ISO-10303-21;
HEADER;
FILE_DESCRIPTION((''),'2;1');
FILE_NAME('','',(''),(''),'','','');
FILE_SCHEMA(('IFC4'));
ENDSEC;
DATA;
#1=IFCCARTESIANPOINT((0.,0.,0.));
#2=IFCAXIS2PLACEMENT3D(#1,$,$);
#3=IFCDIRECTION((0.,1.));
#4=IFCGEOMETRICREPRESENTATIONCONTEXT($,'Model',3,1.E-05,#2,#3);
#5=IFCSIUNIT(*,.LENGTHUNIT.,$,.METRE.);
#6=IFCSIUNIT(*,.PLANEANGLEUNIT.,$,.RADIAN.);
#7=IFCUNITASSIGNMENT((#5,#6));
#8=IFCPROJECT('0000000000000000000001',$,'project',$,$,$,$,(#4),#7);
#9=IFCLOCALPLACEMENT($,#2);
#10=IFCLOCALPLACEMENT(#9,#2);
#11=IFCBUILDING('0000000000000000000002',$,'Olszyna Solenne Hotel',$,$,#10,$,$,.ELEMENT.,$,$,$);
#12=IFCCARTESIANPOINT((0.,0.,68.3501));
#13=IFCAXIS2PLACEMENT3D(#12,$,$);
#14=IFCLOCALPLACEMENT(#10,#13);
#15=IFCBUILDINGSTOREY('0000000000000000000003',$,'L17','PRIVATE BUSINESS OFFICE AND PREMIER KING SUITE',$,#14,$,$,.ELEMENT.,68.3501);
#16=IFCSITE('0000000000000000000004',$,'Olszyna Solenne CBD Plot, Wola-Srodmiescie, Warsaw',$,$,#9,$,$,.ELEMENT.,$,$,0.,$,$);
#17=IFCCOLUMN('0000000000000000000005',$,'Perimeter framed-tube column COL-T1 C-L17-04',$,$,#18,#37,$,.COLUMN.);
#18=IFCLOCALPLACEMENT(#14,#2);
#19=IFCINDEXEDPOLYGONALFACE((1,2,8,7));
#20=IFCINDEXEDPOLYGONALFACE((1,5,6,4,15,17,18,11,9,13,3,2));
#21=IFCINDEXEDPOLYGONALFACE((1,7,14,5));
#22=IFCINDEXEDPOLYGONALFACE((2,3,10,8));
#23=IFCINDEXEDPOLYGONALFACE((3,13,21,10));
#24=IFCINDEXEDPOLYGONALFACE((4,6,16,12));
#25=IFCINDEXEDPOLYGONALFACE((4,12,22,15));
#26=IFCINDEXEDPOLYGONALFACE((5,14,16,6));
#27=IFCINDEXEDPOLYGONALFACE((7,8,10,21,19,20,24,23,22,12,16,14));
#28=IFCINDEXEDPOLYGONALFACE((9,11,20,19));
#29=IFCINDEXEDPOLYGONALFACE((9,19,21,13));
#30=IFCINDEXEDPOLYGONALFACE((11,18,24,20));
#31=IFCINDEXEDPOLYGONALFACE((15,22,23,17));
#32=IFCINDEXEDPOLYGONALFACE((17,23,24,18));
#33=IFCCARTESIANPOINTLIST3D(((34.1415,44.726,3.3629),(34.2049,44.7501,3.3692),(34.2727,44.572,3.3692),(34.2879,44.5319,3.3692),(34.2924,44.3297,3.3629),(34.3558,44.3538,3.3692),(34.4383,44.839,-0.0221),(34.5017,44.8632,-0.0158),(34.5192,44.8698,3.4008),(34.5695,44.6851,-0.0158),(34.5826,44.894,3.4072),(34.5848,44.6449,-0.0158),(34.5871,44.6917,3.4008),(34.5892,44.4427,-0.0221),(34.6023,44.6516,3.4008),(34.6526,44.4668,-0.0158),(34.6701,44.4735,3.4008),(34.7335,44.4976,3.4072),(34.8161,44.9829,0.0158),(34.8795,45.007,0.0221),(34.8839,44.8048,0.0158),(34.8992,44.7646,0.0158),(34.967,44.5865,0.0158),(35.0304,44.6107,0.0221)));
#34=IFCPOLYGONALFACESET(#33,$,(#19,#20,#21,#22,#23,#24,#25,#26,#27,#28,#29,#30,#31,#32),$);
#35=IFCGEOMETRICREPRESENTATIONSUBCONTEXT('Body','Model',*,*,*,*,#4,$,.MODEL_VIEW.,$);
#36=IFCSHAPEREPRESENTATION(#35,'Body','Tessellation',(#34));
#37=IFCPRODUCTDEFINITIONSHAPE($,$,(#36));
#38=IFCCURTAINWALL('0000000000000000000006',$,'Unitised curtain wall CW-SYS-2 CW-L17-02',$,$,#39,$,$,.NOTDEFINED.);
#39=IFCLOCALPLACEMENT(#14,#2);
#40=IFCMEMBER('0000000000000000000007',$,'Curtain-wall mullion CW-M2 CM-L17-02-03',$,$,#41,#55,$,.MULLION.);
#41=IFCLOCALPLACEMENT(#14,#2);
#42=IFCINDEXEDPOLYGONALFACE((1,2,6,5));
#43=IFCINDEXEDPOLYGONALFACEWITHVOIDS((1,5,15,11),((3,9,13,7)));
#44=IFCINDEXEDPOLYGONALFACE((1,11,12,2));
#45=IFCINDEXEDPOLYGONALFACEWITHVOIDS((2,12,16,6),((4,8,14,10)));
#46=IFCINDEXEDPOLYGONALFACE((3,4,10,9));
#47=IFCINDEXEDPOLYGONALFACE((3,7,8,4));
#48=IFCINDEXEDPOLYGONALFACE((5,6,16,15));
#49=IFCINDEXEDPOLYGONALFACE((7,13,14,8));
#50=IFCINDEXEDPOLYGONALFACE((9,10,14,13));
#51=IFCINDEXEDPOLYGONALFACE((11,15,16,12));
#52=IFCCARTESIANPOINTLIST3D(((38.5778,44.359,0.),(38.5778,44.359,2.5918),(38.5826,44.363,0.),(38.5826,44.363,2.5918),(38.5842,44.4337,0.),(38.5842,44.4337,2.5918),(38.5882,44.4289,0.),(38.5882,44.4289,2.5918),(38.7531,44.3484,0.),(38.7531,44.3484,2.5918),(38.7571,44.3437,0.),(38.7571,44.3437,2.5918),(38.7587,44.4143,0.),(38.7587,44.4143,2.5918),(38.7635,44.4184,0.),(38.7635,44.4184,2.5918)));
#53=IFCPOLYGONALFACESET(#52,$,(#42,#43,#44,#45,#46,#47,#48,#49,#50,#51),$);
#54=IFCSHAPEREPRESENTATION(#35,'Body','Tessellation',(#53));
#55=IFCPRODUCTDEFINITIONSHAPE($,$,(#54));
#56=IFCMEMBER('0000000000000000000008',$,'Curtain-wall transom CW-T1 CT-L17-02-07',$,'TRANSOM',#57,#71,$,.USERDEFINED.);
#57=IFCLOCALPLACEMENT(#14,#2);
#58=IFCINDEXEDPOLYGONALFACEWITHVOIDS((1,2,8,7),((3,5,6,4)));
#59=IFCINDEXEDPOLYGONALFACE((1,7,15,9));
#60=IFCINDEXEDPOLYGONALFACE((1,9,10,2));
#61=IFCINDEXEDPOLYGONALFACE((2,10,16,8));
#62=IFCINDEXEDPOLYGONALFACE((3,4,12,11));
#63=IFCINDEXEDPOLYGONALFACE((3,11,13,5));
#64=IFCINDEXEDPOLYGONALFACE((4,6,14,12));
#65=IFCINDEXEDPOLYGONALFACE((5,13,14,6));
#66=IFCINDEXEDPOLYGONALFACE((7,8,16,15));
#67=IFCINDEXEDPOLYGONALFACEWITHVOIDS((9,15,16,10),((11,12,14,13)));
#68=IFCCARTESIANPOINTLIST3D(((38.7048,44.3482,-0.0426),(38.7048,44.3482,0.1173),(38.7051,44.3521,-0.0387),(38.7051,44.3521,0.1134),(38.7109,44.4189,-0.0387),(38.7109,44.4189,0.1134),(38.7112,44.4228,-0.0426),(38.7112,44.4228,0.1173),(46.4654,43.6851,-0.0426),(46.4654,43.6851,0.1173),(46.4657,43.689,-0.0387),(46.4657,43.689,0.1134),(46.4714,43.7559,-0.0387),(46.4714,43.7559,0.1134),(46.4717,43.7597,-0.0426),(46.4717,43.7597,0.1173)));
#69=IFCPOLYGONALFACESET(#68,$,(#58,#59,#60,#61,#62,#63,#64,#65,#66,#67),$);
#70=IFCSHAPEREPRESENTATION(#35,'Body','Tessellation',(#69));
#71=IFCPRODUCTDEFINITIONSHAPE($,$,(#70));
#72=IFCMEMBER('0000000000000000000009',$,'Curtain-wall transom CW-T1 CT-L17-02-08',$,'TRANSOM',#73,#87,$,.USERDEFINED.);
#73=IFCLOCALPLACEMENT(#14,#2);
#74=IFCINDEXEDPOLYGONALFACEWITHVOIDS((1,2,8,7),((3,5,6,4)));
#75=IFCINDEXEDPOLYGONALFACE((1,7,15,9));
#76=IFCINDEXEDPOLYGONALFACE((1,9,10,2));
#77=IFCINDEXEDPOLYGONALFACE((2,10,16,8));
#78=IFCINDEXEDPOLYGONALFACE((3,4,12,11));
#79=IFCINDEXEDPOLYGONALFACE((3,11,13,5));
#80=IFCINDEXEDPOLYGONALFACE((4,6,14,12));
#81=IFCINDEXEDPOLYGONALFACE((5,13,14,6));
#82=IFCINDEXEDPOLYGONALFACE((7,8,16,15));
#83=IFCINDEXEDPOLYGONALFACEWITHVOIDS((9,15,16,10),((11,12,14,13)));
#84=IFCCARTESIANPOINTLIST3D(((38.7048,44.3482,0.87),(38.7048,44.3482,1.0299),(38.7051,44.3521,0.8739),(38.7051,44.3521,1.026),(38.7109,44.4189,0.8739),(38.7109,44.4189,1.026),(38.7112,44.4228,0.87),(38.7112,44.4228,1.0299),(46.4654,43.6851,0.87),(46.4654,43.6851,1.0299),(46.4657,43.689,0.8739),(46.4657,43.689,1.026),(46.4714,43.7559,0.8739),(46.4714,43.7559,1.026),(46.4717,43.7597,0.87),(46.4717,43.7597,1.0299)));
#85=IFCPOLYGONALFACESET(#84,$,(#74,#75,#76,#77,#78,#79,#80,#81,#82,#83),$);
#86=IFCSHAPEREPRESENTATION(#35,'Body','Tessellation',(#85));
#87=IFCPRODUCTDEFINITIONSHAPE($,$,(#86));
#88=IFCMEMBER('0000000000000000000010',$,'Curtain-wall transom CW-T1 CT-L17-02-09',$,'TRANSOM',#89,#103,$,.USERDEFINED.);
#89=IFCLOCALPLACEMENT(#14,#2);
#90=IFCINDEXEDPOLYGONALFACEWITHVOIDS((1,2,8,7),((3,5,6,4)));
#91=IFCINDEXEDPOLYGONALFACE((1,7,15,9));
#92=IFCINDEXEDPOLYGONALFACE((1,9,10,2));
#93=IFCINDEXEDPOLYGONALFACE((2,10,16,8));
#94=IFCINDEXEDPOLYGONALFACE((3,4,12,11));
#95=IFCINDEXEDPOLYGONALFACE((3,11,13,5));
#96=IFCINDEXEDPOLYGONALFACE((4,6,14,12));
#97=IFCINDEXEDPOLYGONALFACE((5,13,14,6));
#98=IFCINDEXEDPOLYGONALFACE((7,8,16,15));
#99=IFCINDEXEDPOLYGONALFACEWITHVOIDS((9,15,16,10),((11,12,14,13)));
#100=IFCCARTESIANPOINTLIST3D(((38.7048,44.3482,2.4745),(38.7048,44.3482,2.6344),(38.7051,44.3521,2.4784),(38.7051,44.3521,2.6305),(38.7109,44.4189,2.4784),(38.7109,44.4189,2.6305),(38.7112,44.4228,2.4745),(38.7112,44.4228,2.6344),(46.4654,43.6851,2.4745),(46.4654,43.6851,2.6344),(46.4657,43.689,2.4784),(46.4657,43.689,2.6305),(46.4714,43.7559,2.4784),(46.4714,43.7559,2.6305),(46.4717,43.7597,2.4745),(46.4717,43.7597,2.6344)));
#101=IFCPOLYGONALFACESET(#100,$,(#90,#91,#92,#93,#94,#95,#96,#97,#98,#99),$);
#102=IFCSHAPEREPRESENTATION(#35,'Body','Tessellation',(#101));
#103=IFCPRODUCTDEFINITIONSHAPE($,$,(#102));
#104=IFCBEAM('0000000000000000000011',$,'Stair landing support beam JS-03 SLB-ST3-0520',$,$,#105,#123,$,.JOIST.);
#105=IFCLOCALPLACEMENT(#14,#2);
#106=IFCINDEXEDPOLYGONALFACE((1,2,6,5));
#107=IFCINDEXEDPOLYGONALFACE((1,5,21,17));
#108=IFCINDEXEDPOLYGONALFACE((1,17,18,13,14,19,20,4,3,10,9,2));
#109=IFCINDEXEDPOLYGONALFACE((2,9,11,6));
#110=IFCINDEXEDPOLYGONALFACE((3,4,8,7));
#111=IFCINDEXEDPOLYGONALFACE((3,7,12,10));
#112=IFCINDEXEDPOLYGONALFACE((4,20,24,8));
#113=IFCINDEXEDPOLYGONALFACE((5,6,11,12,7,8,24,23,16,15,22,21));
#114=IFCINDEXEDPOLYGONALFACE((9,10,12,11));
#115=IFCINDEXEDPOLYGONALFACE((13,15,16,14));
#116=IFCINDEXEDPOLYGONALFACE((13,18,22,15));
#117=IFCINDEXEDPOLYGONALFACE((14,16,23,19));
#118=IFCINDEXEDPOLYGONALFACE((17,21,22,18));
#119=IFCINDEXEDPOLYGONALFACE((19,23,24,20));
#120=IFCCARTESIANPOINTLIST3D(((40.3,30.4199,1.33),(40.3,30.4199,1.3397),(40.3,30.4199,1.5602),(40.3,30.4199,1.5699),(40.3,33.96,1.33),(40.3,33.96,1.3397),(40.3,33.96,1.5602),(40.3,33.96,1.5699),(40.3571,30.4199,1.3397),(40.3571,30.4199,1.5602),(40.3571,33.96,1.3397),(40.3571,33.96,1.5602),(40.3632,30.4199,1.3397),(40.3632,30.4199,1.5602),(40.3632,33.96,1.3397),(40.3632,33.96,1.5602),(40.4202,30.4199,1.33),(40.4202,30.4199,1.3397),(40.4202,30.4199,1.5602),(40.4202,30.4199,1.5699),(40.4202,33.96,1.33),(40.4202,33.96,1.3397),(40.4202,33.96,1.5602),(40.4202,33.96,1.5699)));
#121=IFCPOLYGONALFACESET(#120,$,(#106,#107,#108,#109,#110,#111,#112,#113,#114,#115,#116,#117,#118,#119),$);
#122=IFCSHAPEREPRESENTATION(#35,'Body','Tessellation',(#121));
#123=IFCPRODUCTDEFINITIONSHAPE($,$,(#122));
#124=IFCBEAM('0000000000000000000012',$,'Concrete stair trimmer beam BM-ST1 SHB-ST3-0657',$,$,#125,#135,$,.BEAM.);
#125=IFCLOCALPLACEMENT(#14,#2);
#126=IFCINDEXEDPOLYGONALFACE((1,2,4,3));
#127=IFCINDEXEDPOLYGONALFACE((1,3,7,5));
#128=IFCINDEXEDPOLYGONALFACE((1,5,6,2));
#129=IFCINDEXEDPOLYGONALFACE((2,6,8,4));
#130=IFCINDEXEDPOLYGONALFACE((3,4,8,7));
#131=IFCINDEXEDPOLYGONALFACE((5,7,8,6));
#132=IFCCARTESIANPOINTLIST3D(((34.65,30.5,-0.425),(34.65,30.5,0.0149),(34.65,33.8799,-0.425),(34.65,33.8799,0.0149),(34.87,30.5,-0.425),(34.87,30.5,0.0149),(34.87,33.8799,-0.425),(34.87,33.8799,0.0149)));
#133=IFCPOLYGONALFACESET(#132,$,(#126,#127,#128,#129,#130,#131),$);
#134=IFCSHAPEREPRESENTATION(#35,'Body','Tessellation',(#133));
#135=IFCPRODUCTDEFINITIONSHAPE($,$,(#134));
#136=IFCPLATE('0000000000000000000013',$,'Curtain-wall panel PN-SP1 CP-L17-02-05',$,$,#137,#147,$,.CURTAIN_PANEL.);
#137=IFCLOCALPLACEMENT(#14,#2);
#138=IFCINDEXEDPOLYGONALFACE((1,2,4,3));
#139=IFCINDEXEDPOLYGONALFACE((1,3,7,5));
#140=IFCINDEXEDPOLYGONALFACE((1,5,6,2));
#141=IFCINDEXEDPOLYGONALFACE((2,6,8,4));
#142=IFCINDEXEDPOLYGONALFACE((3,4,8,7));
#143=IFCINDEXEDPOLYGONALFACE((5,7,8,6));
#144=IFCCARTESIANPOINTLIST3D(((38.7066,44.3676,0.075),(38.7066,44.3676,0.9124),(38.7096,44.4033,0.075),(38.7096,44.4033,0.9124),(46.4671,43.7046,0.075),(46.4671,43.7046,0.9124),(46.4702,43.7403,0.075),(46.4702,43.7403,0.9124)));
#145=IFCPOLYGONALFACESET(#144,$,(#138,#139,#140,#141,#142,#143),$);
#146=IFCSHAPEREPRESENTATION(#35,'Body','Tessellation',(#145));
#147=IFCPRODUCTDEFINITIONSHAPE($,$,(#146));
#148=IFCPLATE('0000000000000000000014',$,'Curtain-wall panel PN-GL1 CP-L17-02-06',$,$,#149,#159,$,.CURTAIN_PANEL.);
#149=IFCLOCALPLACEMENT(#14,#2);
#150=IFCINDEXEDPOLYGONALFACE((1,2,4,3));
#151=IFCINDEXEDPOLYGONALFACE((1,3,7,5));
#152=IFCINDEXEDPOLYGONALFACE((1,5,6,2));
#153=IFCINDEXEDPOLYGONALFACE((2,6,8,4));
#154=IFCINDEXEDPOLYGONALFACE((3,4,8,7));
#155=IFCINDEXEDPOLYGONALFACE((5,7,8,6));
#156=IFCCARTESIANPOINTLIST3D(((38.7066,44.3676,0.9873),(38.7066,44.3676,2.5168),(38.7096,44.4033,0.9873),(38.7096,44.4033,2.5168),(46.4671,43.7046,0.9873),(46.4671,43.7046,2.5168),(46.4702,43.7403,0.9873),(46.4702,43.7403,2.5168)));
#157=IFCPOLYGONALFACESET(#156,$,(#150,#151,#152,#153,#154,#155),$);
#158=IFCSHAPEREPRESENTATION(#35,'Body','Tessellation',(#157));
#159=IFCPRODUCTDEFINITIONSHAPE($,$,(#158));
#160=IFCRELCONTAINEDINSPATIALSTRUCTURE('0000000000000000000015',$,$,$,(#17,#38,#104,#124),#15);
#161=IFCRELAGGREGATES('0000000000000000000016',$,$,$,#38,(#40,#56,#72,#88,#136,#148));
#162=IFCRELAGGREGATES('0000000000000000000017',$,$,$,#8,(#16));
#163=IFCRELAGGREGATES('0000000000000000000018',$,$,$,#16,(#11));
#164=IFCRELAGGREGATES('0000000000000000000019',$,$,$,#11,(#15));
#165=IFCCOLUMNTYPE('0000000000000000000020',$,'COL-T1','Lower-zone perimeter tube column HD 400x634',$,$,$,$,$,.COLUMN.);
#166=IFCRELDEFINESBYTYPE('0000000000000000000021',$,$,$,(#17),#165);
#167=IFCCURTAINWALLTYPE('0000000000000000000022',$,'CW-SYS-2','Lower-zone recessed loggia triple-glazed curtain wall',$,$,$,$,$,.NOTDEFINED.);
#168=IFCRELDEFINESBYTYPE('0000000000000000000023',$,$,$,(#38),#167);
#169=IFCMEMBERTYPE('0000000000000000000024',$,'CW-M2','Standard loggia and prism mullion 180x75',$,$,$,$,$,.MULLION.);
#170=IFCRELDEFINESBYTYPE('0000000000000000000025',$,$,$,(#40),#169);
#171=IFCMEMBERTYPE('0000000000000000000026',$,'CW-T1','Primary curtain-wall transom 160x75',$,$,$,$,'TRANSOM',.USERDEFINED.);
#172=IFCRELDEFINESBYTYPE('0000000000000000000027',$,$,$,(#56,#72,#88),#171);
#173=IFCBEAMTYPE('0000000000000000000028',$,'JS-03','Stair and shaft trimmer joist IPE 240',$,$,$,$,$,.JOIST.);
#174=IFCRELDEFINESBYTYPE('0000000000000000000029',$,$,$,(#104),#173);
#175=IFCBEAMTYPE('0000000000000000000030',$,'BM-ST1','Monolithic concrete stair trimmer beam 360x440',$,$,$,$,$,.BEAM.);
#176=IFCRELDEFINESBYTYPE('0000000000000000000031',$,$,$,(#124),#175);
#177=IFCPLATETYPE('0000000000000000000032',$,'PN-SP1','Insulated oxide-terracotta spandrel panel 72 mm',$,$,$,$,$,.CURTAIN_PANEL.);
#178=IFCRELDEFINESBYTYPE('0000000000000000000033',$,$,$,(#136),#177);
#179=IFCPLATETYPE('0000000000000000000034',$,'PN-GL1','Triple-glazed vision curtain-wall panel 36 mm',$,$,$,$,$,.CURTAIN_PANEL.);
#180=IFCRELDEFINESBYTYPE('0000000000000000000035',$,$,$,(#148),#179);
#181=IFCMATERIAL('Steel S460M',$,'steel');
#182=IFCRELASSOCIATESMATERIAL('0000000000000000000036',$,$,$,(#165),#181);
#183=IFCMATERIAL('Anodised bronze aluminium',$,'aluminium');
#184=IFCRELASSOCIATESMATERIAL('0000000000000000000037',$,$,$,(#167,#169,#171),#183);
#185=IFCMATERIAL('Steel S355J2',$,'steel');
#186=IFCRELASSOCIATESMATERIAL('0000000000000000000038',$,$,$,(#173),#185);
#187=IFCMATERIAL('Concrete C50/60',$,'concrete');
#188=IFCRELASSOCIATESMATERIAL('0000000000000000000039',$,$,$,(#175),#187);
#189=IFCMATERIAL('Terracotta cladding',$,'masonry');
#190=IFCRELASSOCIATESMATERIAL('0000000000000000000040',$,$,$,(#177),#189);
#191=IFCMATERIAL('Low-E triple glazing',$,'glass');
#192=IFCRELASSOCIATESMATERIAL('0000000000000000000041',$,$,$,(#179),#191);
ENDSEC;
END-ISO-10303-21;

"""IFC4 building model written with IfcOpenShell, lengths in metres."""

from ifc_helpers import new_model, si_unit, direction, frame, origin, origin_2d, place, context, subcontext, project, spatial, rectangle, hollow_rectangle, i_section, extrude, source, transform, mapped, material, material_profile, profile_set, type_object, element, aggregate, save


model = new_model("IFC4")

# Units and contexts
model_context = context("Model", 3, precision=1e-05, world=origin(), true_north=direction((0.0, 1.0)))
body_context = subcontext(model_context, "Body", "Model", "MODEL_VIEW")
ifc_project = project(units=[si_unit("LENGTHUNIT", "METRE"), si_unit("PLANEANGLEUNIT", "RADIAN")], contexts=[model_context])

# Site, building, storey
site_placement = place(None, origin())
site = spatial("IfcSite", under=ifc_project, at=site_placement, Name="Olszyna Solenne CBD Plot, Wola-Srodmiescie, Warsaw", CompositionType="ELEMENT", RefElevation=0.0)
building_placement = place(site_placement, origin())
building = spatial("IfcBuilding", under=site, at=building_placement, Name="Olszyna Solenne Hotel", CompositionType="ELEMENT")
storey_placement = place(building_placement, frame((0.0, 0.0, 68.3501)))
storey = spatial("IfcBuildingStorey", under=building, at=storey_placement, Name="L17", Description="PRIVATE BUSINESS OFFICE AND PREMIER KING SUITE", CompositionType="ELEMENT", Elevation=68.3501)

# Column
ifc_material_1 = material(Name="Steel S460M", Category="steel")
ifc_material_profile_1 = material_profile(ifc_material_1, i_section(OverallWidth=0.4241, OverallDepth=0.4741, WebThickness=0.043, FlangeThickness=0.0681, at=origin_2d()), Name="HD 400x634", Category="load-bearing")
ifc_profile_set_1 = profile_set([ifc_material_profile_1], Name="Steel S460M")
column_type = type_object("IfcColumnType", Name="COL-T1", Description="Lower-zone perimeter tube column HD 400x634", PredefinedType="COLUMN", material=ifc_profile_set_1)
shared_shape_1 = source(origin(), body_context, "Body", "SweptSolid", [
    extrude(i_section(OverallWidth=0.4241, OverallDepth=0.4741, WebThickness=0.043, FlangeThickness=0.0681, at=origin_2d()), origin(), (0.0, 0.0, 1.0), 3.3999),
])
column_placement = place(storey_placement, frame((34.7344, 44.7249, 0.0), z_axis=(-0.087319, -0.033247, 0.995625), x_axis=(0.355836, -0.934549, 0.0)))
element("IfcColumn", 1, at=column_placement, inside=storey, type_object=column_type, Name="Perimeter framed-tube column COL-T1 C-L17-04", PredefinedType="COLUMN", context=body_context, shape_type="MappedRepresentation", body=[
    mapped(shared_shape_1, transform((0.0, 0.0, 0.0), x_axis=(1.0, 0.0, 0.0), y_axis=(0.0, 1.0, 0.0), z_axis=(0.0, 0.0, 1.0), scale=1.0)),
])

# Curtain wall, members
ifc_material_2 = material(Name="Anodised bronze aluminium", Category="aluminium")
curtain_wall_type = type_object("IfcCurtainWallType", Name="CW-SYS-2", Description="Lower-zone recessed loggia triple-glazed curtain wall", PredefinedType="NOTDEFINED", material=ifc_material_2)
curtain_wall_placement = place(storey_placement, origin())
curtain_wall = element("IfcCurtainWall", 2, at=curtain_wall_placement, inside=storey, type_object=curtain_wall_type, Name="Unitised curtain wall CW-SYS-2 CW-L17-02", PredefinedType="NOTDEFINED")
ifc_material_profile_2 = material_profile(ifc_material_2, hollow_rectangle(XDim=0.075, YDim=0.1799, WallThickness=0.0044, at=origin_2d()), Name="MULL 180x75x4.5", Category="load-bearing")
ifc_profile_set_2 = profile_set([ifc_material_profile_2], Name="Anodised bronze aluminium")
member_type_1 = type_object("IfcMemberType", Name="CW-M2", Description="Standard loggia and prism mullion 180x75", PredefinedType="MULLION", material=ifc_profile_set_2)
shared_shape_2 = source(origin(), body_context, "Body", "SweptSolid", [
    extrude(hollow_rectangle(XDim=0.075, YDim=0.1799, WallThickness=0.0044, at=origin_2d()), origin(), (0.0, 0.0, 1.0), 2.5918),
])
member_1_placement = place(storey_placement, frame((38.6707, 44.3887, 0.0), z_axis=(0.0, 0.0, 1.0), x_axis=(0.085125, 0.99637, 0.0)))
member_1 = element("IfcMember", 3, at=member_1_placement, type_object=member_type_1, Name="Curtain-wall mullion CW-M2 CM-L17-02-03", PredefinedType="MULLION", context=body_context, shape_type="MappedRepresentation", body=[
    mapped(shared_shape_2, transform((0.0, 0.0, 0.0), x_axis=(1.0, 0.0, 0.0), y_axis=(0.0, 1.0, 0.0), z_axis=(0.0, 0.0, 1.0), scale=1.0)),
])
ifc_material_profile_3 = material_profile(ifc_material_2, hollow_rectangle(XDim=0.075, YDim=0.1599, WallThickness=0.0039, at=origin_2d()), Name="TRAN 160x75x4", Category="load-bearing")
ifc_profile_set_3 = profile_set([ifc_material_profile_3], Name="Anodised bronze aluminium")
member_type_2 = type_object("IfcMemberType", Name="CW-T1", Description="Primary curtain-wall transom 160x75", ElementType="TRANSOM", PredefinedType="USERDEFINED", material=ifc_profile_set_3)
shared_shape_3 = source(origin(), body_context, "Body", "SweptSolid", [
    extrude(hollow_rectangle(XDim=0.075, YDim=0.1599, WallThickness=0.0039, at=origin_2d()), origin(), (0.0, 0.0, 1.0), 7.7888),
])
member_2_placement = place(storey_placement, frame((38.708, 44.3855, 0.0374), z_axis=(0.99637, -0.085134, 0.0), x_axis=(0.085134, 0.99637, 0.0)))
member_2 = element("IfcMember", 4, at=member_2_placement, type_object=member_type_2, Name="Curtain-wall transom CW-T1 CT-L17-02-07", ObjectType="TRANSOM", PredefinedType="USERDEFINED", context=body_context, shape_type="MappedRepresentation", body=[
    mapped(shared_shape_3, transform((0.0, 0.0, 0.0), x_axis=(1.0, 0.0, 0.0), y_axis=(0.0, 1.0, 0.0), z_axis=(0.0, 0.0, 1.0), scale=1.0)),
])
member_3_placement = place(storey_placement, frame((38.708, 44.3855, 0.95), z_axis=(0.99637, -0.085134, 0.0), x_axis=(0.085134, 0.99637, 0.0)))
member_3 = element("IfcMember", 5, at=member_3_placement, type_object=member_type_2, Name="Curtain-wall transom CW-T1 CT-L17-02-08", ObjectType="TRANSOM", PredefinedType="USERDEFINED", context=body_context, shape_type="MappedRepresentation", body=[
    mapped(shared_shape_3, transform((0.0, 0.0, 0.0), x_axis=(1.0, 0.0, 0.0), y_axis=(0.0, 1.0, 0.0), z_axis=(0.0, 0.0, 1.0), scale=1.0)),
])
member_4_placement = place(storey_placement, frame((38.708, 44.3855, 2.5544), z_axis=(0.99637, -0.085134, 0.0), x_axis=(0.085134, 0.99637, 0.0)))
member_4 = element("IfcMember", 6, at=member_4_placement, type_object=member_type_2, Name="Curtain-wall transom CW-T1 CT-L17-02-09", ObjectType="TRANSOM", PredefinedType="USERDEFINED", context=body_context, shape_type="MappedRepresentation", body=[
    mapped(shared_shape_3, transform((0.0, 0.0, 0.0), x_axis=(1.0, 0.0, 0.0), y_axis=(0.0, 1.0, 0.0), z_axis=(0.0, 0.0, 1.0), scale=1.0)),
])

# Beams
ifc_material_3 = material(Name="Steel S355J2", Category="steel")
ifc_material_profile_4 = material_profile(ifc_material_3, i_section(OverallWidth=0.1201, OverallDepth=0.24, WebThickness=0.0061, FlangeThickness=0.0098, at=origin_2d()), Name="IPE 240", Category="load-bearing")
ifc_profile_set_4 = profile_set([ifc_material_profile_4], Name="Steel S355J2")
beam_type_1 = type_object("IfcBeamType", Name="JS-03", Description="Stair and shaft trimmer joist IPE 240", PredefinedType="JOIST", material=ifc_profile_set_4)
shared_shape_4 = source(origin(), body_context, "Body", "SweptSolid", [
    extrude(i_section(OverallWidth=0.1201, OverallDepth=0.24, WebThickness=0.0061, FlangeThickness=0.0098, at=origin_2d()), origin(), (0.0, 0.0, 1.0), 3.54),
])
beam_1_placement = place(storey_placement, frame((40.3601, 30.4199, 1.45), z_axis=(0.0, 1.0, 0.0), x_axis=(-1.0, 0.0, 0.0)))
element("IfcBeam", 7, at=beam_1_placement, inside=storey, type_object=beam_type_1, Name="Stair landing support beam JS-03 SLB-ST3-0520", PredefinedType="JOIST", context=body_context, shape_type="MappedRepresentation", body=[
    mapped(shared_shape_4, transform((0.0, 0.0, 0.0), x_axis=(1.0, 0.0, 0.0), y_axis=(0.0, 1.0, 0.0), z_axis=(0.0, 0.0, 1.0), scale=1.0)),
])
ifc_material_4 = material(Name="Concrete C50/60", Category="concrete")
ifc_material_profile_5 = material_profile(ifc_material_4, rectangle(XDim=0.22, YDim=0.4399, at=origin_2d()), Name="RC 220x440", Category="load-bearing")
ifc_profile_set_5 = profile_set([ifc_material_profile_5], Name="Concrete C50/60")
beam_type_2 = type_object("IfcBeamType", Name="BM-ST1", Description="Monolithic concrete stair trimmer beam 360x440", PredefinedType="BEAM", material=ifc_profile_set_5)
shared_shape_5 = source(origin(), body_context, "Body", "SweptSolid", [
    extrude(rectangle(XDim=0.22, YDim=0.4399, at=origin_2d()), origin(), (0.0, 0.0, 1.0), 3.3799),
])
beam_2_placement = place(storey_placement, frame((34.76, 30.5, -0.2051), z_axis=(0.0, 1.0, 0.0), x_axis=(-1.0, 0.0, 0.0)))
element("IfcBeam", 8, at=beam_2_placement, inside=storey, type_object=beam_type_2, Name="Concrete stair trimmer beam BM-ST1 SHB-ST3-0657", PredefinedType="BEAM", context=body_context, shape_type="MappedRepresentation", body=[
    mapped(shared_shape_5, transform((0.0, 0.0, 0.0), x_axis=(1.0, 0.0, 0.0), y_axis=(0.0, 1.0, 0.0), z_axis=(0.0, 0.0, 1.0), scale=1.0)),
])

# Plates
ifc_material_5 = material(Name="Terracotta cladding", Category="masonry")
plate_type_1 = type_object("IfcPlateType", Name="PN-SP1", Description="Insulated oxide-terracotta spandrel panel 72 mm", PredefinedType="CURTAIN_PANEL", material=ifc_material_5)
shared_shape_6 = source(origin(), body_context, "Body", "SweptSolid", [
    extrude(rectangle(XDim=7.7888, YDim=0.0359, at=origin_2d()), origin(), (0.0, 0.0, 1.0), 0.8374),
])
plate_1_placement = place(storey_placement, frame((42.5884, 44.054, 0.075), z_axis=(0.0, 0.0, 1.0), x_axis=(0.99637, -0.085125, 0.0)))
plate_1 = element("IfcPlate", 9, at=plate_1_placement, type_object=plate_type_1, Name="Curtain-wall panel PN-SP1 CP-L17-02-05", PredefinedType="CURTAIN_PANEL", context=body_context, shape_type="MappedRepresentation", body=[
    mapped(shared_shape_6, transform((0.0, 0.0, 0.0), x_axis=(1.0, 0.0, 0.0), y_axis=(0.0, 1.0, 0.0), z_axis=(0.0, 0.0, 1.0), scale=1.0)),
])
ifc_material_6 = material(Name="Low-E triple glazing", Category="glass")
plate_type_2 = type_object("IfcPlateType", Name="PN-GL1", Description="Triple-glazed vision curtain-wall panel 36 mm", PredefinedType="CURTAIN_PANEL", material=ifc_material_6)
shared_shape_7 = source(origin(), body_context, "Body", "SweptSolid", [
    extrude(rectangle(XDim=7.7888, YDim=0.0359, at=origin_2d()), origin(), (0.0, 0.0, 1.0), 1.5295),
])
plate_2_placement = place(storey_placement, frame((42.5884, 44.054, 0.9873), z_axis=(0.0, 0.0, 1.0), x_axis=(0.99637, -0.085125, 0.0)))
plate_2 = element("IfcPlate", 10, at=plate_2_placement, type_object=plate_type_2, Name="Curtain-wall panel PN-GL1 CP-L17-02-06", PredefinedType="CURTAIN_PANEL", context=body_context, shape_type="MappedRepresentation", body=[
    mapped(shared_shape_7, transform((0.0, 0.0, 0.0), x_axis=(1.0, 0.0, 0.0), y_axis=(0.0, 1.0, 0.0), z_axis=(0.0, 0.0, 1.0), scale=1.0)),
])
aggregate(curtain_wall, [member_1, member_2, member_3, member_4, plate_1, plate_2])

save(model, "model.ifc")
